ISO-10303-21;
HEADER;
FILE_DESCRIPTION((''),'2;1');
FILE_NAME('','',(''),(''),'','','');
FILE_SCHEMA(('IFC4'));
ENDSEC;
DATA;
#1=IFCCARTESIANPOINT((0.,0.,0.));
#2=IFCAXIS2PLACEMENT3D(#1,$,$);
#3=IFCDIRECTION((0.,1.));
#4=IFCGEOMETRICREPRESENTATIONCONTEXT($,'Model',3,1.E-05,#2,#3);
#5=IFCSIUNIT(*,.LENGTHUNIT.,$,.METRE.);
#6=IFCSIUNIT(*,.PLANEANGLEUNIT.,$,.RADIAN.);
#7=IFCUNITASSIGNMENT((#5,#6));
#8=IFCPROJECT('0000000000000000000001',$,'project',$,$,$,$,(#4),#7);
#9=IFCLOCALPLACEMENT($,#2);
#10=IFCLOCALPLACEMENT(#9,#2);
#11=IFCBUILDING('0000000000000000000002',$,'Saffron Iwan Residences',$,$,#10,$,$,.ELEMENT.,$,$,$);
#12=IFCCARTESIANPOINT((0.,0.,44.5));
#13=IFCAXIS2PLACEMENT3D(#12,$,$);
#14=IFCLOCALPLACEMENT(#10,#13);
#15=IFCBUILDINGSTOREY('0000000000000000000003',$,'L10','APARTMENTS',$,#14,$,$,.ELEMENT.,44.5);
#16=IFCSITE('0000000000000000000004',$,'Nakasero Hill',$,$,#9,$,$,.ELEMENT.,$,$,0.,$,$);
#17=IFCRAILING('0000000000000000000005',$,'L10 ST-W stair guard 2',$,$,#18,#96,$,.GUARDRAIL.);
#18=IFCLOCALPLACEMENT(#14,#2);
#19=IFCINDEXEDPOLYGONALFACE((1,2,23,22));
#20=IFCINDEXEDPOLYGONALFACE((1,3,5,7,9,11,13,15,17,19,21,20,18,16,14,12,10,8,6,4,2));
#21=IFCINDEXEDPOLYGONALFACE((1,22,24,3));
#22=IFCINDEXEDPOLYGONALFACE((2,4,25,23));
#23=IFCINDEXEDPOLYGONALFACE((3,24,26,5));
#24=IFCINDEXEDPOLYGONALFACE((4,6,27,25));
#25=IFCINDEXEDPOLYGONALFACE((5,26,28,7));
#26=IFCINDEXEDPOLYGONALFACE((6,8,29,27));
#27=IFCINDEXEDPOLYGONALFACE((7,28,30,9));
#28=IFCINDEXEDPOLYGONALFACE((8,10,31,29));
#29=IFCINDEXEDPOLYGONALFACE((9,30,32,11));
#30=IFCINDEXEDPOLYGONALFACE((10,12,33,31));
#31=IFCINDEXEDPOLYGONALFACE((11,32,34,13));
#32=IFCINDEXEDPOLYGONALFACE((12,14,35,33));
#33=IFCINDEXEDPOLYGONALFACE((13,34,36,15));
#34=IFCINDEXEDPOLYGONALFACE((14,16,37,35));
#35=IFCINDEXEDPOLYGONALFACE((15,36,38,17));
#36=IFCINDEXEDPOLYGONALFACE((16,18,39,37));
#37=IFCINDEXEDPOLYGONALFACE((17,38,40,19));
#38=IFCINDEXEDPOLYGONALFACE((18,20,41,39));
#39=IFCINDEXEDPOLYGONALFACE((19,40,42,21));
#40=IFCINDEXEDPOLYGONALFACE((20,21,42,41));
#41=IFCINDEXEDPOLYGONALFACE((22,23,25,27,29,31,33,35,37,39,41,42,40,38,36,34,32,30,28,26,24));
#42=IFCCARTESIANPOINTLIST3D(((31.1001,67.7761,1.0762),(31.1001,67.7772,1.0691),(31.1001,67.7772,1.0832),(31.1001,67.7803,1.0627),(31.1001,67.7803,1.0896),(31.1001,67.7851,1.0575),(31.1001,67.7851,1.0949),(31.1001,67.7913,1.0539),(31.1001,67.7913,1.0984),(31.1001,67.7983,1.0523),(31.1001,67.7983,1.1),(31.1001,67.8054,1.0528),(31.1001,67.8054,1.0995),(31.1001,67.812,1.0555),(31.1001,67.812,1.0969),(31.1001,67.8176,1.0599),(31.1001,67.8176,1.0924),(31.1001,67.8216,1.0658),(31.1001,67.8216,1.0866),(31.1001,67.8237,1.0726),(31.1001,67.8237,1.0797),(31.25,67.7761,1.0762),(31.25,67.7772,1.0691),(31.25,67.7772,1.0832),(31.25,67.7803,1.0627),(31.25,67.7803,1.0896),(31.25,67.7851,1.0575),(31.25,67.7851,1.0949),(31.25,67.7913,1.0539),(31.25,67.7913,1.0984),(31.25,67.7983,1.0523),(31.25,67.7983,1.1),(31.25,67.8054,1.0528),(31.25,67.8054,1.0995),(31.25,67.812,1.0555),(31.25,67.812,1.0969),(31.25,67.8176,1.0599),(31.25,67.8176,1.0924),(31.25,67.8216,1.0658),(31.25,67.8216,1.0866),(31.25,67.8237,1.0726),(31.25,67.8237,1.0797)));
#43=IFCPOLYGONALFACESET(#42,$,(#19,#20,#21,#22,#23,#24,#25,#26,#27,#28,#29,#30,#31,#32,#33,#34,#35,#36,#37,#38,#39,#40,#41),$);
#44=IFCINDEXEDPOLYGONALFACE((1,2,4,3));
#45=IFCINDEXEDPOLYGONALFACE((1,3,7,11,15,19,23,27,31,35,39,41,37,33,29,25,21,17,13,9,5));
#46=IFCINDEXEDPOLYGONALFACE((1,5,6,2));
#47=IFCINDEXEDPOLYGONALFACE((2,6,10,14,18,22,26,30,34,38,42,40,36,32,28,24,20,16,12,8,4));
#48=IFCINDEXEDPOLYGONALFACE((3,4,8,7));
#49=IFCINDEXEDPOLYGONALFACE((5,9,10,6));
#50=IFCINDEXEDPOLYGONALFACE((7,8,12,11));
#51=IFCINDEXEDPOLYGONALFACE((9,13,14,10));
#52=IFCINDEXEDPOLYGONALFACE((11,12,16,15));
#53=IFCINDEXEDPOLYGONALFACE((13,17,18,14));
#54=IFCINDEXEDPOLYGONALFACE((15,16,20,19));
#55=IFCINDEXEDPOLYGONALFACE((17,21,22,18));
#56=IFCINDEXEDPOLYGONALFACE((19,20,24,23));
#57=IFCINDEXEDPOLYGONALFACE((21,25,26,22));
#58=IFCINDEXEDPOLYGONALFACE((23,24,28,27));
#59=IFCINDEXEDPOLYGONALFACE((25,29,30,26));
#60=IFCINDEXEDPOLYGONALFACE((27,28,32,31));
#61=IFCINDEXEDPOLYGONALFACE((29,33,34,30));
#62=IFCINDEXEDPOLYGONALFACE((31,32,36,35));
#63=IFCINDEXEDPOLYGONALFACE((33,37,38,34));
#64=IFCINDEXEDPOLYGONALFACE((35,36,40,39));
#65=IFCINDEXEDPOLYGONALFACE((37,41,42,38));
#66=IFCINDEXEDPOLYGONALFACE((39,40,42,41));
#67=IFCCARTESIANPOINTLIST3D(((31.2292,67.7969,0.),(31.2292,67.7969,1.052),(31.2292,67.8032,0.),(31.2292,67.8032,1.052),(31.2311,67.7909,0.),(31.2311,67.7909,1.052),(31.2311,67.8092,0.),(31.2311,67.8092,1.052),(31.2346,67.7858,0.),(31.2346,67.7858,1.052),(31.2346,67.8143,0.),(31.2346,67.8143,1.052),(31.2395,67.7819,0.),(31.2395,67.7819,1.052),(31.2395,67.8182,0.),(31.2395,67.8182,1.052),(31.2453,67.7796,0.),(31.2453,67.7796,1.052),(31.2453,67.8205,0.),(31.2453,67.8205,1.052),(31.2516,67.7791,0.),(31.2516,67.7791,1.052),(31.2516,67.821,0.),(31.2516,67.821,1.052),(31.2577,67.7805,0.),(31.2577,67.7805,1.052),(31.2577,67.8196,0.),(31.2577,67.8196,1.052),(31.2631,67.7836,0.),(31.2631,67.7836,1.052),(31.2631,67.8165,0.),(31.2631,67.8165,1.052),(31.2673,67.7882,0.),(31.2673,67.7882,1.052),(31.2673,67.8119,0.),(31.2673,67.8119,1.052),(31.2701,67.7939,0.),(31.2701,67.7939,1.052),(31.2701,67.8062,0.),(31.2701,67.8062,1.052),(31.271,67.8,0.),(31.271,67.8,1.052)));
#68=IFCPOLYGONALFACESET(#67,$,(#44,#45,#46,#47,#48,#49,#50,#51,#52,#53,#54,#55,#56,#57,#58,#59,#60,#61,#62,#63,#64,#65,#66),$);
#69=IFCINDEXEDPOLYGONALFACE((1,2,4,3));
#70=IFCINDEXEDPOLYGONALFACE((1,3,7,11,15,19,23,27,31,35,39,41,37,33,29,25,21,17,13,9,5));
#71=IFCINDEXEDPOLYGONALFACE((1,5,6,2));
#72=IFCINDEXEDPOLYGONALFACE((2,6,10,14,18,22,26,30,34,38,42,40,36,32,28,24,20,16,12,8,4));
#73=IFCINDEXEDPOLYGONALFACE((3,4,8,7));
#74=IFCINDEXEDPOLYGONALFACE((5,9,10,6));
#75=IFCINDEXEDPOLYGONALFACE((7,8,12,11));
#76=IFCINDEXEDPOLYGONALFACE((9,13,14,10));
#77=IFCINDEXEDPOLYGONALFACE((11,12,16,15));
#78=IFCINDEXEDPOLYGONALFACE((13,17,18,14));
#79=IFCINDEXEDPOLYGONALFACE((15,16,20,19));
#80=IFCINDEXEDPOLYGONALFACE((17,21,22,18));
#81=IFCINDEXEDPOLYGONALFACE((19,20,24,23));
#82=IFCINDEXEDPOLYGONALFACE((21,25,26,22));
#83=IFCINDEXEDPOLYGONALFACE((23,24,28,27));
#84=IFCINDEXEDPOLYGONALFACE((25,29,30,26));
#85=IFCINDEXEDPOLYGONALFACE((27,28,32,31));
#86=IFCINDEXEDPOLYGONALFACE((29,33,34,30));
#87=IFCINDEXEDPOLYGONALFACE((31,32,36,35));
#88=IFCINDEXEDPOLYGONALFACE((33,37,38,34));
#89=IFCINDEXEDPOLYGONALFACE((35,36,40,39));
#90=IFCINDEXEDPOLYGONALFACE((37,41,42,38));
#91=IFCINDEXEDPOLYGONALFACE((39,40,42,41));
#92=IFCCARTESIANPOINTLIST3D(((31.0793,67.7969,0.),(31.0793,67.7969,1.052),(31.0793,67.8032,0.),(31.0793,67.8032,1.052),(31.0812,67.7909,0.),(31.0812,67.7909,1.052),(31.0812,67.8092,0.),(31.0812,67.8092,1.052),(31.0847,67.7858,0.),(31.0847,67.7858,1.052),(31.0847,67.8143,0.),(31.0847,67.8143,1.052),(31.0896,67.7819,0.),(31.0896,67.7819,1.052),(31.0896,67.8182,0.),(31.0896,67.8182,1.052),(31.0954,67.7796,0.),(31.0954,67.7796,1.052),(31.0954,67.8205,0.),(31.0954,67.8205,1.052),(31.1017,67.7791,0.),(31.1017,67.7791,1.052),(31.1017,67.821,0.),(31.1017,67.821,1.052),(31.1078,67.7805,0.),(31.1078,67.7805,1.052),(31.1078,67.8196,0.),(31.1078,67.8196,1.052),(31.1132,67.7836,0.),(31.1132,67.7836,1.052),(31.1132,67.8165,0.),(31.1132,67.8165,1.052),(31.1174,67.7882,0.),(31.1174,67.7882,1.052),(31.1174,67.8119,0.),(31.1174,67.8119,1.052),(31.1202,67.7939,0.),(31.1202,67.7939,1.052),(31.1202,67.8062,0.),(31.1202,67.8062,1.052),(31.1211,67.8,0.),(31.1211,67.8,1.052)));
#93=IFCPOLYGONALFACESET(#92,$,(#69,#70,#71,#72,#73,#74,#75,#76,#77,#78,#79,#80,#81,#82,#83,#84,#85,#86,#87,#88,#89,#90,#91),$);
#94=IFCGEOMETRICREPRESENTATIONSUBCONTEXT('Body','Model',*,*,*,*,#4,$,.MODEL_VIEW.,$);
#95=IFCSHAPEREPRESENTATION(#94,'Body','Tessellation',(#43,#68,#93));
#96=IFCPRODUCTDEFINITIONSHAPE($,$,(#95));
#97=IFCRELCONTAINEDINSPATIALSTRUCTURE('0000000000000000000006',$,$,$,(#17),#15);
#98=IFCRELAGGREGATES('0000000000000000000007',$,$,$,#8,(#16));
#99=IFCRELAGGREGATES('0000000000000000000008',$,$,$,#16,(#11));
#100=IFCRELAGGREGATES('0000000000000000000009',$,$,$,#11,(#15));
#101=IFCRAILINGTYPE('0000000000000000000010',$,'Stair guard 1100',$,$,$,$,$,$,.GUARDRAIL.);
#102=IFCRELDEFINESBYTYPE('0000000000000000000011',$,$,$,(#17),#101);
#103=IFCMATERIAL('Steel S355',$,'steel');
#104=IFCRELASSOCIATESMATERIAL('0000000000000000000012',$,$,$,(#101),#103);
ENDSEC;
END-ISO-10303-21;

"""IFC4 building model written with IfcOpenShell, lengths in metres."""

from ifc_helpers import new_model, si_unit, direction, frame, origin, origin_2d, place, context, subcontext, project, spatial, circle, extrude, material, type_object, element, save


model = new_model("IFC4")

# Units and contexts
model_context = context("Model", 3, precision=1e-05, world=origin(), true_north=direction((0.0, 1.0)))
body_context = subcontext(model_context, "Body", "Model", "MODEL_VIEW")
ifc_project = project(units=[si_unit("LENGTHUNIT", "METRE"), si_unit("PLANEANGLEUNIT", "RADIAN")], contexts=[model_context])

# Site, building, storey
site_placement = place(None, origin())
site = spatial("IfcSite", under=ifc_project, at=site_placement, Name="Nakasero Hill", CompositionType="ELEMENT", RefElevation=0.0)
building_placement = place(site_placement, origin())
building = spatial("IfcBuilding", under=site, at=building_placement, Name="Saffron Iwan Residences", CompositionType="ELEMENT")
storey_placement = place(building_placement, frame((0.0, 0.0, 44.5)))
storey = spatial("IfcBuildingStorey", under=building, at=storey_placement, Name="L10", Description="APARTMENTS", CompositionType="ELEMENT", Elevation=44.5)

# Railing
ifc_material_1 = material(Name="Steel S355", Category="steel")
railing_type_1 = type_object("IfcRailingType", Name="Stair guard 1100", PredefinedType="GUARDRAIL", material=ifc_material_1)
railing_1_placement = place(storey_placement, frame((31.25, 67.8, 0.0)))
element("IfcRailing", 1, at=railing_1_placement, inside=storey, type_object=railing_type_1, Name="L10 ST-W stair guard 2", PredefinedType="GUARDRAIL", context=body_context, shape_type="SweptSolid", body=[
    extrude(circle(Radius=0.0239, at=origin_2d()), frame((0.0, 0.0, 1.0762), z_axis=(-1.0, 0.0, 0.0), x_axis=(0.0, -1.0, 0.0)), (0.0, 0.0, 1.0), 0.1499),
    extrude(circle(Radius=0.021, at=origin_2d()), origin(), (0.0, 0.0, 1.0), 1.052),
    extrude(circle(Radius=0.021, at=origin_2d()), frame((-0.1499, 0.0, 0.0)), (0.0, 0.0, 1.0), 1.052),
])

save(model, "model.ifc")
